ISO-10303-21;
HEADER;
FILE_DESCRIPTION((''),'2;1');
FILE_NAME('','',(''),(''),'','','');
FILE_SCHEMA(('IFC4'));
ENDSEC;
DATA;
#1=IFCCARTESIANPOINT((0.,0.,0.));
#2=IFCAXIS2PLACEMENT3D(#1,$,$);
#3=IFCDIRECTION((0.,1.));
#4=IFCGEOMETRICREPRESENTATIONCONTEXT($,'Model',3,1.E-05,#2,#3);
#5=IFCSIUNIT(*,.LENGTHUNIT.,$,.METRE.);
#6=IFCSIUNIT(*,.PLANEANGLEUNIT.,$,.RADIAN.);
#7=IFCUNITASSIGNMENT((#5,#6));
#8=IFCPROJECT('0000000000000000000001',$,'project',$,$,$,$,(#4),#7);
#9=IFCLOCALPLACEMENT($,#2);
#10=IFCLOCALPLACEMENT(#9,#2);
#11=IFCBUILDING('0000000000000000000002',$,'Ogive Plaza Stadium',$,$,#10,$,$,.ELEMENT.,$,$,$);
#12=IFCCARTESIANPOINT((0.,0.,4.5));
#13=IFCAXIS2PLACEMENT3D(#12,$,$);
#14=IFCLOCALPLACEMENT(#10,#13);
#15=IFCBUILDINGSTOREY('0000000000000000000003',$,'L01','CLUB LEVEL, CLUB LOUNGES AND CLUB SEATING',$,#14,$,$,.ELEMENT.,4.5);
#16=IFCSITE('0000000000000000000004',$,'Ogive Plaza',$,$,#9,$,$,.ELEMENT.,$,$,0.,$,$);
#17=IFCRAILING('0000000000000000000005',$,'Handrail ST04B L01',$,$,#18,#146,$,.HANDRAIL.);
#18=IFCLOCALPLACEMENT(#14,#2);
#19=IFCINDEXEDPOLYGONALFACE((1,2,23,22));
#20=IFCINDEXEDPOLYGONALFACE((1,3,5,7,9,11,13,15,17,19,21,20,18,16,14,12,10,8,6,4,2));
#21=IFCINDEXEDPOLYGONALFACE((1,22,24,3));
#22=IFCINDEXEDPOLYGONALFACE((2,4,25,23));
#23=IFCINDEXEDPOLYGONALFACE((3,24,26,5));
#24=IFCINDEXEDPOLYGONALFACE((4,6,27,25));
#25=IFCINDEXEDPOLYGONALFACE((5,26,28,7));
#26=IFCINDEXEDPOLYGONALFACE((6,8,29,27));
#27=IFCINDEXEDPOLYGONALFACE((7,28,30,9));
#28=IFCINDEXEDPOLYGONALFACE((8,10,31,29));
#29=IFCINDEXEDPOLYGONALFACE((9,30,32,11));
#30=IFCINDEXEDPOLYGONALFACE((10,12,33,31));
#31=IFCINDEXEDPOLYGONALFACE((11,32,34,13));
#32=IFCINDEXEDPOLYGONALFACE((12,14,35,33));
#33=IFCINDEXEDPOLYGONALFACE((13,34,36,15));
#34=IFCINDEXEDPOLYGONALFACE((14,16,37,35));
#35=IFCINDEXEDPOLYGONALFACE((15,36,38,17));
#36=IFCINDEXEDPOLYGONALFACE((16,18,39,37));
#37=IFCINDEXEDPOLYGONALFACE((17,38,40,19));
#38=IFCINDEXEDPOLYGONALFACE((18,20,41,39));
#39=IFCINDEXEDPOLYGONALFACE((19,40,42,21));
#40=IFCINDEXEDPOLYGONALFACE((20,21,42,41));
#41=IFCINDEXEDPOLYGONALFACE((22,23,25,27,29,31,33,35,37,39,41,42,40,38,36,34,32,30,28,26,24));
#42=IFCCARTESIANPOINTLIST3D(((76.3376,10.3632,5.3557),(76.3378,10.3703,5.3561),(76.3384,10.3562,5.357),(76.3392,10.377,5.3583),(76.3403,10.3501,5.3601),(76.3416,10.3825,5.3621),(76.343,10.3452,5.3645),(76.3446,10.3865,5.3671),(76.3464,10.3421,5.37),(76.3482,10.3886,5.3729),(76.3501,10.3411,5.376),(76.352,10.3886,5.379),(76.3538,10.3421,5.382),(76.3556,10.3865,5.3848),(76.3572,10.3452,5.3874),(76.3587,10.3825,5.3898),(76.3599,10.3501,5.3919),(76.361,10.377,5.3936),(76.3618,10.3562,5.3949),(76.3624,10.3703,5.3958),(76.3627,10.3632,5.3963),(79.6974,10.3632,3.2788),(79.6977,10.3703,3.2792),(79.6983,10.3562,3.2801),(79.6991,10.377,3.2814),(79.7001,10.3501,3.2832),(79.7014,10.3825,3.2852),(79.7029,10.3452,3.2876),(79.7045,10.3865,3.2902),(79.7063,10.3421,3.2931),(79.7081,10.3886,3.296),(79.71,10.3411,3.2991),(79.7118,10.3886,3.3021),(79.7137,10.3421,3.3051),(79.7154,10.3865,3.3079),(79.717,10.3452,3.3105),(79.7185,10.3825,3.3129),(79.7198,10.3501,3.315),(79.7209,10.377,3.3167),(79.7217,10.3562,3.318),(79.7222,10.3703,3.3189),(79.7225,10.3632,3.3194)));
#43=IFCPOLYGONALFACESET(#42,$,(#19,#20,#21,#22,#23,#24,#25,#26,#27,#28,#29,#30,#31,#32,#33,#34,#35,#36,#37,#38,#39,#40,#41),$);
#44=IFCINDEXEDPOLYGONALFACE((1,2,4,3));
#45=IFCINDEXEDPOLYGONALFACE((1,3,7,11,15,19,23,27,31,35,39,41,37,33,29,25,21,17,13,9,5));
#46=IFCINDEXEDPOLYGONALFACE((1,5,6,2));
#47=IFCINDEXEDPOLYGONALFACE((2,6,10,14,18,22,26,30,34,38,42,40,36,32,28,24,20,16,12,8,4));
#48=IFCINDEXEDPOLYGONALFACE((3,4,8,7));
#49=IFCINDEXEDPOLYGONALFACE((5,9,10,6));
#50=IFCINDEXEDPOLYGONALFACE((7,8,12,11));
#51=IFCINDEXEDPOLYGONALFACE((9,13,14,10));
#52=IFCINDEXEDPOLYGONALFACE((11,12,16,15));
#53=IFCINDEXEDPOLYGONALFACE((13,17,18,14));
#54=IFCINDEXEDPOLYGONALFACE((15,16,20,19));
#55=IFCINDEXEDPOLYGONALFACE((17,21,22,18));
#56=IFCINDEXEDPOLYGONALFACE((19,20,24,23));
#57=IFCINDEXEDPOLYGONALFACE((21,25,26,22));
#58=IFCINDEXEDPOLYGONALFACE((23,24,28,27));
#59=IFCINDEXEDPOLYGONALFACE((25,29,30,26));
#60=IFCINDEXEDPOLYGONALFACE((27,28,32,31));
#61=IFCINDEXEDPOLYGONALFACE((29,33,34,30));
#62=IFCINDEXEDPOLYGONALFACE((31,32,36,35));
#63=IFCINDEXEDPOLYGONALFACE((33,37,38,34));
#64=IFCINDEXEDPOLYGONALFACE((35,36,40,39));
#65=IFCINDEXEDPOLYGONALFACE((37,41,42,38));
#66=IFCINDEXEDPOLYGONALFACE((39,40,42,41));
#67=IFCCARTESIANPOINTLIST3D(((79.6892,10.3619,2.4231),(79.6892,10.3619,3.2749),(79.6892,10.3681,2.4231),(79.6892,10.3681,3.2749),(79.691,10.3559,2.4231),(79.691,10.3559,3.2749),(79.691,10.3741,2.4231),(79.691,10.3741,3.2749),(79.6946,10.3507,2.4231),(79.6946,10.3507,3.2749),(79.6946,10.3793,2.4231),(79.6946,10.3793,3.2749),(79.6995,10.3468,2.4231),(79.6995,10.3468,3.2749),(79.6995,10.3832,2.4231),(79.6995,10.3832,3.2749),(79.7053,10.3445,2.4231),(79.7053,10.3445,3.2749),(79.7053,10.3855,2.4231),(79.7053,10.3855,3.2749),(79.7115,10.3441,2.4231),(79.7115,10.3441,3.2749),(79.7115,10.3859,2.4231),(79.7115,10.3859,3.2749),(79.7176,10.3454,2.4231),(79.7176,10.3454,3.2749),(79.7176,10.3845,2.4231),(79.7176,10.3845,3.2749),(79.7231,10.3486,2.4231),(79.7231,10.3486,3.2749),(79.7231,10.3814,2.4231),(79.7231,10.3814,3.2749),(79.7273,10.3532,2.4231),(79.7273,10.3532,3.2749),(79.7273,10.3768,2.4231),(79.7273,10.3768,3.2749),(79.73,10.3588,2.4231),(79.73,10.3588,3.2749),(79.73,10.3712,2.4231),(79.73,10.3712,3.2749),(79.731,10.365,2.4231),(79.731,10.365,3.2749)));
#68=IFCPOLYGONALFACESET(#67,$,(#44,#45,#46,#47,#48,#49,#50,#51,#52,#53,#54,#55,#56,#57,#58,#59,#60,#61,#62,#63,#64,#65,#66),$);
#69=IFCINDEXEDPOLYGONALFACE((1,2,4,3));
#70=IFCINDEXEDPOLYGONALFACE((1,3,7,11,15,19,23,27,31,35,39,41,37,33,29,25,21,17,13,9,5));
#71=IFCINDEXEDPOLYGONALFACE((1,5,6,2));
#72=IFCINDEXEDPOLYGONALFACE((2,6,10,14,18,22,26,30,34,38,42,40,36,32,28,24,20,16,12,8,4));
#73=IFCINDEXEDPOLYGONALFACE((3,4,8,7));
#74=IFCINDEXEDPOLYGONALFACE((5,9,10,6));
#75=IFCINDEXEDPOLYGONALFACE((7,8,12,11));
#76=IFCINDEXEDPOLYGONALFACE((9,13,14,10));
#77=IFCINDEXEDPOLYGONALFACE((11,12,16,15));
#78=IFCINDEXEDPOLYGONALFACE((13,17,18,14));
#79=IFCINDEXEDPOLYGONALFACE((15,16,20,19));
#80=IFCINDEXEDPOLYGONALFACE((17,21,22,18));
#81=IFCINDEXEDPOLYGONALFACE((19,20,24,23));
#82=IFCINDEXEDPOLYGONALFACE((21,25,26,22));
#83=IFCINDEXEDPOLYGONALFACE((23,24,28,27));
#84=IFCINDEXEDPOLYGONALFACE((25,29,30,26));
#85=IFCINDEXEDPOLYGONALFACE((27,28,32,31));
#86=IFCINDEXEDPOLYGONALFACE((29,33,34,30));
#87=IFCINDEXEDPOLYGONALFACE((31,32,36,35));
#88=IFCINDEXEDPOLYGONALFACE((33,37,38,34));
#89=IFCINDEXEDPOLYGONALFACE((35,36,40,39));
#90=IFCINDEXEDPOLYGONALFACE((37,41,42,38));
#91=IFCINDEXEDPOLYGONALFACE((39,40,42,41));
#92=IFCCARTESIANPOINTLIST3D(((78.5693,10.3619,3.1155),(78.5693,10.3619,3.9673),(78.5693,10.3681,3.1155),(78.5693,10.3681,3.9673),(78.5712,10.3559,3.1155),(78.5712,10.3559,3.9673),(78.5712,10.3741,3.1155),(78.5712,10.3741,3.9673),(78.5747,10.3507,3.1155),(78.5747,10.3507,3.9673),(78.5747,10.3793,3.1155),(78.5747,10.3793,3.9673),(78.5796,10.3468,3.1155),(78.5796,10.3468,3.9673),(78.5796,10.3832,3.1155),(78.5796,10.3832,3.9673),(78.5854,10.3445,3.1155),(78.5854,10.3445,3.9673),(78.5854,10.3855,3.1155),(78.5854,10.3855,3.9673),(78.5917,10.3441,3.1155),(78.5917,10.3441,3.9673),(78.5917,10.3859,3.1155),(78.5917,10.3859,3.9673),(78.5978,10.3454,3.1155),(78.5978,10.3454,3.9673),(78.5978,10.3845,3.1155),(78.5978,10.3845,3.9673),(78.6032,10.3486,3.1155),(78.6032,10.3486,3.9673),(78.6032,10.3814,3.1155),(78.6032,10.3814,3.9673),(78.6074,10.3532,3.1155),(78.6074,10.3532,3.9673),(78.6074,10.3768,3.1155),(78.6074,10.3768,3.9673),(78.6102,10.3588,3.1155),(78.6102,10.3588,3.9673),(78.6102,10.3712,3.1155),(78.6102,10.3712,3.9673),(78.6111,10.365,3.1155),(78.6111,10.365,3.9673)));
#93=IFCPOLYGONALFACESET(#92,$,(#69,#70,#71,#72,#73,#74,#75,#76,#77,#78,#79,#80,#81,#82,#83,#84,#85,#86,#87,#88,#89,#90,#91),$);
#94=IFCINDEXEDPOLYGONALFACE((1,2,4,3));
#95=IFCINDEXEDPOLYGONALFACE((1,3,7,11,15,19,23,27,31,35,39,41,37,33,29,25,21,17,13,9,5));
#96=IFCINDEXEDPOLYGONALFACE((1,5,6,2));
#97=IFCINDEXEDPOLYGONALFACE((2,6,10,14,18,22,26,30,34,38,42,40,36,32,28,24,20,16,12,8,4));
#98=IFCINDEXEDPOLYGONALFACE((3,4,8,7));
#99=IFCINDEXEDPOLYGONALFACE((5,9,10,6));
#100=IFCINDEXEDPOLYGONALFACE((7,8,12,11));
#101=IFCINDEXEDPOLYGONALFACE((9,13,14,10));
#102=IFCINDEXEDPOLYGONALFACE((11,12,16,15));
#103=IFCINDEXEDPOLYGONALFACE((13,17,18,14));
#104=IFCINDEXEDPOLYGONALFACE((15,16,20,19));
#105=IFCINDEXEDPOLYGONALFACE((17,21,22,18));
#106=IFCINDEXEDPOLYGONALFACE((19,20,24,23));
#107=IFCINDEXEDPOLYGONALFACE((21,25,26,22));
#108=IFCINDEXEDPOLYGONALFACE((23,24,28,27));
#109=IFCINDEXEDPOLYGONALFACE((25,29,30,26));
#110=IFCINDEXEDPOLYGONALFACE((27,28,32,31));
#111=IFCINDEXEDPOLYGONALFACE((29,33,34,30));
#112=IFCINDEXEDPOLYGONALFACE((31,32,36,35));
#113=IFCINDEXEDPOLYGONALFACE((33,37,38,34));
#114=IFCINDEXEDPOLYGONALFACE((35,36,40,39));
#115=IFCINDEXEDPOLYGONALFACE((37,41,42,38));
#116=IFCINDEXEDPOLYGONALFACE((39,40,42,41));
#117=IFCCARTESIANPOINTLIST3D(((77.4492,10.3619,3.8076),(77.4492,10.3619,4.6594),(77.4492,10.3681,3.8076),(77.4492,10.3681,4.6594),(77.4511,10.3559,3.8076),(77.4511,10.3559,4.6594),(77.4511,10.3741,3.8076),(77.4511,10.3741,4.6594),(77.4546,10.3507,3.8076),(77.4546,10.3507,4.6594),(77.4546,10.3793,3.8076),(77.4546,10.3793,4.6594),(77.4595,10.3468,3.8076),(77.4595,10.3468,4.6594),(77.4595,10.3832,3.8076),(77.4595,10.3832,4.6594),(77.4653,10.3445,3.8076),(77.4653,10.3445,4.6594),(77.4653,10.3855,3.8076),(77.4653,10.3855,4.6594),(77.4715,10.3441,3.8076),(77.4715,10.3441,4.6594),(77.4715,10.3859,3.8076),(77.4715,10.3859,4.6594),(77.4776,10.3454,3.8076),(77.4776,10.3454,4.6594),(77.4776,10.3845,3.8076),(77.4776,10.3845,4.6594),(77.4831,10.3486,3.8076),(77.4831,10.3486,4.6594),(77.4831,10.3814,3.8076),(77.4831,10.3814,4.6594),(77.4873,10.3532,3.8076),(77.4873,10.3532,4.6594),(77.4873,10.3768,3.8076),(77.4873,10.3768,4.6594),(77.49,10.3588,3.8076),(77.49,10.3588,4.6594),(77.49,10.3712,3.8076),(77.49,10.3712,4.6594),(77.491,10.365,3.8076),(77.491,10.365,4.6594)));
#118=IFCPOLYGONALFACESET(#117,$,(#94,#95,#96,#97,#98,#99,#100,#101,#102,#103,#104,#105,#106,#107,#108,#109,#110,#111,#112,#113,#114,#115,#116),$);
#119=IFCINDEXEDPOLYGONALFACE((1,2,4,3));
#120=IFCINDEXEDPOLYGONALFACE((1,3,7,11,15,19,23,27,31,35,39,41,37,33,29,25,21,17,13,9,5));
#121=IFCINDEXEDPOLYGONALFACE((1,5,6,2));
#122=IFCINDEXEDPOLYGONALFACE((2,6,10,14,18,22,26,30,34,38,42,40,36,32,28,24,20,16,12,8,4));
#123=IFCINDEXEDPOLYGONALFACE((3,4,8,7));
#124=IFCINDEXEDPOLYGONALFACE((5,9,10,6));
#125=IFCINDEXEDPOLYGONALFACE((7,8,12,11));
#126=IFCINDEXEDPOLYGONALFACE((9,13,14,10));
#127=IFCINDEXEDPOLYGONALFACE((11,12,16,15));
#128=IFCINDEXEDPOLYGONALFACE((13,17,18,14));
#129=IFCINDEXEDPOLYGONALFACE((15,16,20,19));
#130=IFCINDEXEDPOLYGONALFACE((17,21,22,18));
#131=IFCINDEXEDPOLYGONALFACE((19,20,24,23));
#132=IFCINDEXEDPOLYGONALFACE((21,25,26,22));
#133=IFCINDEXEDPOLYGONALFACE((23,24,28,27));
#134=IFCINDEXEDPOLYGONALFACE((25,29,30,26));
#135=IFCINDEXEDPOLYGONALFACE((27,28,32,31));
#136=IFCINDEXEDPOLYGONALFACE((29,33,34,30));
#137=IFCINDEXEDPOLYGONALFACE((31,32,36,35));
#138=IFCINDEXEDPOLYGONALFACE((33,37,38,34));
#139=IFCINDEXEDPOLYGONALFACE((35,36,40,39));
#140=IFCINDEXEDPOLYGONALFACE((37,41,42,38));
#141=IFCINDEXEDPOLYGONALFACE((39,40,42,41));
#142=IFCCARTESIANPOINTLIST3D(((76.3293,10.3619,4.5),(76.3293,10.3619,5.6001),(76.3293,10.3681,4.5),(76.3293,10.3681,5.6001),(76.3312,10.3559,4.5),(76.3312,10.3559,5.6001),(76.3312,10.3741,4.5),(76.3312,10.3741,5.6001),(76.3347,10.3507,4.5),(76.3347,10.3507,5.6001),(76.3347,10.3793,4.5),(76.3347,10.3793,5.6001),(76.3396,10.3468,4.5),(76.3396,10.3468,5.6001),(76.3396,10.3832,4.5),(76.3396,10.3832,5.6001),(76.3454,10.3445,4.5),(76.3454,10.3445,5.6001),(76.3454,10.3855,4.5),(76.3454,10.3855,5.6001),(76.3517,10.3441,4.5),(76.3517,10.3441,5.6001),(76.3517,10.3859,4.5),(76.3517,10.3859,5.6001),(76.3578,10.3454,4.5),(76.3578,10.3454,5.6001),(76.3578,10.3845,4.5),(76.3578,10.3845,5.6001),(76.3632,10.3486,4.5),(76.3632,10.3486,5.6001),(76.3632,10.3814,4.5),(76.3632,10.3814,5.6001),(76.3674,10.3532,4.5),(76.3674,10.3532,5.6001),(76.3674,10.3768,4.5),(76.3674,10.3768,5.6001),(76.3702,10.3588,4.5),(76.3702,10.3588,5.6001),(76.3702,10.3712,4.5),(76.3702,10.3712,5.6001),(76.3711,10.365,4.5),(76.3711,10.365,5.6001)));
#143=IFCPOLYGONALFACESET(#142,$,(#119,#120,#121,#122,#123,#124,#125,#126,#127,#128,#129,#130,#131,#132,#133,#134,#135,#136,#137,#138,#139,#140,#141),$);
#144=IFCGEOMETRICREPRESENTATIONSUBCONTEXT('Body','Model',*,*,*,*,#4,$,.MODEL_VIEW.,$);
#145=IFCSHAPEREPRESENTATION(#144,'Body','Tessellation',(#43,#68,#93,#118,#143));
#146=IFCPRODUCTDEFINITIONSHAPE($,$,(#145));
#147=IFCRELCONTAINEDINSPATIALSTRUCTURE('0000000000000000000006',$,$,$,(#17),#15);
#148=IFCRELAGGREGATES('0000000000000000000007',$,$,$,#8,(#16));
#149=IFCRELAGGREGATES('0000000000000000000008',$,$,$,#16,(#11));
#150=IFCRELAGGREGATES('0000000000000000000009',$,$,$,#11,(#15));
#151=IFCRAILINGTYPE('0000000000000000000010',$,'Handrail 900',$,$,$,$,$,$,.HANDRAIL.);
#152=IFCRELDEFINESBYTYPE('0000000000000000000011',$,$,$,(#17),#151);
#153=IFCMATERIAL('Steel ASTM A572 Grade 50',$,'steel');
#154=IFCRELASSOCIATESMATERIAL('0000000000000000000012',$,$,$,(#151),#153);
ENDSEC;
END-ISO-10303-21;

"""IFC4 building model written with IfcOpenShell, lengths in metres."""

from ifc_helpers import new_model, si_unit, direction, frame, origin, origin_2d, place, context, subcontext, project, spatial, circle, extrude, material, type_object, element, save


model = new_model("IFC4")

# Units and contexts
model_context = context("Model", 3, precision=1e-05, world=origin(), true_north=direction((0.0, 1.0)))
body_context = subcontext(model_context, "Body", "Model", "MODEL_VIEW")
ifc_project = project(units=[si_unit("LENGTHUNIT", "METRE"), si_unit("PLANEANGLEUNIT", "RADIAN")], contexts=[model_context])

# Site, building, storey
site_placement = place(None, origin())
site = spatial("IfcSite", under=ifc_project, at=site_placement, Name="Ogive Plaza", CompositionType="ELEMENT", RefElevation=0.0)
building_placement = place(site_placement, origin())
building = spatial("IfcBuilding", under=site, at=building_placement, Name="Ogive Plaza Stadium", CompositionType="ELEMENT")
storey_placement = place(building_placement, frame((0.0, 0.0, 4.5)))
storey = spatial("IfcBuildingStorey", under=building, at=storey_placement, Name="L01", Description="CLUB LEVEL, CLUB LOUNGES AND CLUB SEATING", CompositionType="ELEMENT", Elevation=4.5)

# Railing
ifc_material_1 = material(Name="Steel ASTM A572 Grade 50", Category="steel")
railing_type_1 = type_object("IfcRailingType", Name="Handrail 900", PredefinedType="HANDRAIL", material=ifc_material_1)
for number, where, name in (
    (1, (79.71, 10.365, 2.4231), "Handrail ST04B L01"),
):
    element("IfcRailing", number, at=place(storey_placement, frame(where)), inside=storey, type_object=railing_type_1, Name=name, PredefinedType="HANDRAIL", context=body_context, shape_type="SweptSolid", body=[
        extrude(circle(Radius=0.0239, at=origin_2d()), frame((0.0, 0.0, 0.876), z_axis=(-0.850606, 0.0, 0.525803), x_axis=(0.0, -1.0, 0.0)), (0.0, 0.0, 1.0), 3.95),
        extrude(circle(Radius=0.021, at=origin_2d()), origin(), (0.0, 0.0, 1.0), 0.8518),
        extrude(circle(Radius=0.021, at=origin_2d()), frame((-1.1199, 0.0, 0.6924)), (0.0, 0.0, 1.0), 0.8518),
        extrude(circle(Radius=0.021, at=origin_2d()), frame((-2.24, 0.0, 1.3845)), (0.0, 0.0, 1.0), 0.8518),
        extrude(circle(Radius=0.021, at=origin_2d()), frame((-3.3599, 0.0, 2.0769)), (0.0, 0.0, 1.0), 1.1001),
    ])

save(model, "model.ifc")
